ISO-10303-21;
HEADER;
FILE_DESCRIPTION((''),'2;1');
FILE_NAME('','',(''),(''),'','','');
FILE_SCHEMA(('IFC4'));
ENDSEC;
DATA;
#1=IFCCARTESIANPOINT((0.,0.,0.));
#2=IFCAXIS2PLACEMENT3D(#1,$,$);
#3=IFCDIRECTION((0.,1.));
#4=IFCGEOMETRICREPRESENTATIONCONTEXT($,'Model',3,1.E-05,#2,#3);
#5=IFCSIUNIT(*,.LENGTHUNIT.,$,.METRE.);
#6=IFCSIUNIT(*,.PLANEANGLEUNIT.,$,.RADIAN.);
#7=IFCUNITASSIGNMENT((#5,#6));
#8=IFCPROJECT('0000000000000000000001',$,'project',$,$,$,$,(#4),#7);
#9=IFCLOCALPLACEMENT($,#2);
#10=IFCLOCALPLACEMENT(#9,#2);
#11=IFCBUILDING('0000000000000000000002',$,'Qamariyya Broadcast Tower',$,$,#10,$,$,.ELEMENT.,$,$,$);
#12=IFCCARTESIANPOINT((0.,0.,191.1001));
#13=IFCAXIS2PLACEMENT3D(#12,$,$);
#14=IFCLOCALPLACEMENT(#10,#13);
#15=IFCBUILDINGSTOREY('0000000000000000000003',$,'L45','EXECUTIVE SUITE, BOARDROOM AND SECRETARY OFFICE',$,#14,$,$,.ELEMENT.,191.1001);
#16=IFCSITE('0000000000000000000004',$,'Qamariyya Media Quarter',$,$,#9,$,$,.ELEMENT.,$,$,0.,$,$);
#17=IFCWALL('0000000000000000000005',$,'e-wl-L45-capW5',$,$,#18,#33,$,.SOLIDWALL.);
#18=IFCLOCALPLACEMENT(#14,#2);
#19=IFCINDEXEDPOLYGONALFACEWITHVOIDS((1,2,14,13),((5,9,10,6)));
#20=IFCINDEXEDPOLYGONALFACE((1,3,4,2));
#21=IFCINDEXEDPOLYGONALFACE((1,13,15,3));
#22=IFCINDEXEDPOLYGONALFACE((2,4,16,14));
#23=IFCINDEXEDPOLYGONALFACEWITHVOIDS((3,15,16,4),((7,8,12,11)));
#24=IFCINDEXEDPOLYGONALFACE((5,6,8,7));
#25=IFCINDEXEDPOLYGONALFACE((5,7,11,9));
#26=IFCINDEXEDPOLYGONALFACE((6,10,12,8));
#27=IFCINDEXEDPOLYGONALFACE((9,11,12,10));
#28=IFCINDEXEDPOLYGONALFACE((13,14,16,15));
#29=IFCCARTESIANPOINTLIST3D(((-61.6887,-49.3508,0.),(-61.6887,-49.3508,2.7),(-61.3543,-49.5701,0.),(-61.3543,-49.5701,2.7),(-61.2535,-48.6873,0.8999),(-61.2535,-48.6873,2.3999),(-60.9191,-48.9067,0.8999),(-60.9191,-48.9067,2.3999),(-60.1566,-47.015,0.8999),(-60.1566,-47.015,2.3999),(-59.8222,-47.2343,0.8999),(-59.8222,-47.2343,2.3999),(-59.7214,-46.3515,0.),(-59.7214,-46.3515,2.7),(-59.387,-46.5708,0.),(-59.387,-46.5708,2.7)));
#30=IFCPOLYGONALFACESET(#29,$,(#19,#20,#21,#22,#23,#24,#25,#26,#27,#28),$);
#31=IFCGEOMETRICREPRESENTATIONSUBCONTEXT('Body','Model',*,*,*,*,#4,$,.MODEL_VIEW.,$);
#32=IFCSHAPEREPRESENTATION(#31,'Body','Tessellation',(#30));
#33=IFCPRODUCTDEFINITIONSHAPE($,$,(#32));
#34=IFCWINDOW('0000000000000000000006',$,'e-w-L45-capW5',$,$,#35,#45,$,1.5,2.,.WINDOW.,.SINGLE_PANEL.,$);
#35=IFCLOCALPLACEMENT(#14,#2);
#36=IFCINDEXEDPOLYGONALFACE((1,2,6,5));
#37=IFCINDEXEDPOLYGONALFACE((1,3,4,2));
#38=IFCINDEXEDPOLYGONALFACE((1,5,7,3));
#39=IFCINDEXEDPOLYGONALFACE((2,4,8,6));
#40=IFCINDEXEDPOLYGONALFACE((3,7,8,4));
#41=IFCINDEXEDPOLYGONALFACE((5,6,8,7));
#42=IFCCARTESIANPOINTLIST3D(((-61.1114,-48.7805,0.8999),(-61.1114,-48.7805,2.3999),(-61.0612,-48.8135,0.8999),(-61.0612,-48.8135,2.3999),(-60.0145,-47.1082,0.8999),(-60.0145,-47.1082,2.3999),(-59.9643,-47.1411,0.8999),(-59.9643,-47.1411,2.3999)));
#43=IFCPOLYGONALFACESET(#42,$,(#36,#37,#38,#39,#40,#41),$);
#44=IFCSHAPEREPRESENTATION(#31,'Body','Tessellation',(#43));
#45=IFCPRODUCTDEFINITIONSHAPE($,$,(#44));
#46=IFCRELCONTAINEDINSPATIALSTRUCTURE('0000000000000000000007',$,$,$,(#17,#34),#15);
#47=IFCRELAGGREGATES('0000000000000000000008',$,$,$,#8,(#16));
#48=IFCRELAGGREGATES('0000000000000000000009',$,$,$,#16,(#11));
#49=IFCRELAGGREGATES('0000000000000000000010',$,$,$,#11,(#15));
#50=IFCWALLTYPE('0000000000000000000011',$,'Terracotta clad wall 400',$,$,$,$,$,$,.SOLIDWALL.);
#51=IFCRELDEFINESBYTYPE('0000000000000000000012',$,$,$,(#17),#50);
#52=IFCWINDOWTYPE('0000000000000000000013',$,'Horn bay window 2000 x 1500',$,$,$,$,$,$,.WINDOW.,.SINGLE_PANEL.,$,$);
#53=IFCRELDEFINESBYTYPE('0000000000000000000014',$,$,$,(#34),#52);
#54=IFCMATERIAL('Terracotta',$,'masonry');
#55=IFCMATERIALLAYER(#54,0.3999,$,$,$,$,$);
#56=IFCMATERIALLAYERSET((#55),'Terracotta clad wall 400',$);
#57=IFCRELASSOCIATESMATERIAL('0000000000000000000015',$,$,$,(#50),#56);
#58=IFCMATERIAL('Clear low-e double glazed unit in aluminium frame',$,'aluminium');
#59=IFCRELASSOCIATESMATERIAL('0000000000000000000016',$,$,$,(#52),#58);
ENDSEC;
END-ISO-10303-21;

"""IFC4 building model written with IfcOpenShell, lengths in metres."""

from ifc_helpers import new_model, si_unit, direction, frame, frame_2d, origin, place, context, subcontext, project, spatial, rectangle, extrude, material, layer, layer_set, type_object, element, fill, save


model = new_model("IFC4")

# Units and contexts
model_context = context("Model", 3, precision=1e-05, world=origin(), true_north=direction((0.0, 1.0)))
body_context = subcontext(model_context, "Body", "Model", "MODEL_VIEW")
ifc_project = project(units=[si_unit("LENGTHUNIT", "METRE"), si_unit("PLANEANGLEUNIT", "RADIAN")], contexts=[model_context])

# Site, building, storey
site_placement = place(None, origin())
site = spatial("IfcSite", under=ifc_project, at=site_placement, Name="Qamariyya Media Quarter", CompositionType="ELEMENT", RefElevation=0.0)
building_placement = place(site_placement, origin())
building = spatial("IfcBuilding", under=site, at=building_placement, Name="Qamariyya Broadcast Tower", CompositionType="ELEMENT")
storey_placement = place(building_placement, frame((0.0, 0.0, 191.1001)))
storey = spatial("IfcBuildingStorey", under=building, at=storey_placement, Name="L45", Description="EXECUTIVE SUITE, BOARDROOM AND SECRETARY OFFICE", CompositionType="ELEMENT", Elevation=191.1001)

# Wall, opening, window
ifc_material_1 = material(Name="Terracotta", Category="masonry")
ifc_layer_1 = layer(ifc_material_1, 0.3999)
ifc_layer_set_1 = layer_set([ifc_layer_1], Name="Terracotta clad wall 400")
wall_type_1 = type_object("IfcWallType", Name="Terracotta clad wall 400", PredefinedType="SOLIDWALL", material=ifc_layer_set_1)
ifc_material_2 = material(Name="Clear low-e double glazed unit in aluminium frame", Category="aluminium")
window_type = type_object("IfcWindowType", Name="Horn bay window 2000 x 1500", PartitioningType="SINGLE_PANEL", PredefinedType="WINDOW", material=ifc_material_2)
wall_1_placement = place(storey_placement, frame((-59.5542, -46.4612, 0.0), z_axis=(0.0, 0.0, 1.0), x_axis=(-0.548465, -0.836174, 0.0)))
wall_1 = element("IfcWall", 1, at=wall_1_placement, inside=storey, type_object=wall_type_1, Name="e-wl-L45-capW5", PredefinedType="SOLIDWALL", context=body_context, shape_type="SweptSolid", body=[
    extrude(rectangle(XDim=3.5869, YDim=0.3999, at=frame_2d((1.7935, 0.0))), origin(), (0.0, 0.0, 1.0), 2.7),
])
opening_1_placement = place(wall_1_placement, frame((0.7935, 0.0, 0.8999)))
opening_1 = element("IfcOpeningElement", 2, at=opening_1_placement, cuts=wall_1, PredefinedType="OPENING", context=body_context, shape_type="SweptSolid", body=[
    extrude(rectangle(XDim=2.0, YDim=1.5, at=frame_2d((1.0, 0.75))), frame((0.0, 0.21, 0.0), z_axis=(0.0, -1.0, 0.0), x_axis=(1.0, 0.0, 0.0)), (0.0, 0.0, 1.0), 0.4199),
])
window_1_placement = place(opening_1_placement, origin())
window_1 = element("IfcWindow", 3, at=window_1_placement, inside=storey, type_object=window_type, Name="e-w-L45-capW5", OverallHeight=1.5, OverallWidth=2.0, PartitioningType="SINGLE_PANEL", PredefinedType="WINDOW", context=body_context, shape_type="SweptSolid", body=[
    extrude(rectangle(XDim=2.0, YDim=1.5, at=frame_2d((1.0, 0.75))), frame((0.0, 0.03, 0.0), z_axis=(0.0, -1.0, 0.0), x_axis=(1.0, 0.0, 0.0)), (0.0, 0.0, 1.0), 0.0601),
])
fill(opening_1, window_1)

save(model, "model.ifc")
